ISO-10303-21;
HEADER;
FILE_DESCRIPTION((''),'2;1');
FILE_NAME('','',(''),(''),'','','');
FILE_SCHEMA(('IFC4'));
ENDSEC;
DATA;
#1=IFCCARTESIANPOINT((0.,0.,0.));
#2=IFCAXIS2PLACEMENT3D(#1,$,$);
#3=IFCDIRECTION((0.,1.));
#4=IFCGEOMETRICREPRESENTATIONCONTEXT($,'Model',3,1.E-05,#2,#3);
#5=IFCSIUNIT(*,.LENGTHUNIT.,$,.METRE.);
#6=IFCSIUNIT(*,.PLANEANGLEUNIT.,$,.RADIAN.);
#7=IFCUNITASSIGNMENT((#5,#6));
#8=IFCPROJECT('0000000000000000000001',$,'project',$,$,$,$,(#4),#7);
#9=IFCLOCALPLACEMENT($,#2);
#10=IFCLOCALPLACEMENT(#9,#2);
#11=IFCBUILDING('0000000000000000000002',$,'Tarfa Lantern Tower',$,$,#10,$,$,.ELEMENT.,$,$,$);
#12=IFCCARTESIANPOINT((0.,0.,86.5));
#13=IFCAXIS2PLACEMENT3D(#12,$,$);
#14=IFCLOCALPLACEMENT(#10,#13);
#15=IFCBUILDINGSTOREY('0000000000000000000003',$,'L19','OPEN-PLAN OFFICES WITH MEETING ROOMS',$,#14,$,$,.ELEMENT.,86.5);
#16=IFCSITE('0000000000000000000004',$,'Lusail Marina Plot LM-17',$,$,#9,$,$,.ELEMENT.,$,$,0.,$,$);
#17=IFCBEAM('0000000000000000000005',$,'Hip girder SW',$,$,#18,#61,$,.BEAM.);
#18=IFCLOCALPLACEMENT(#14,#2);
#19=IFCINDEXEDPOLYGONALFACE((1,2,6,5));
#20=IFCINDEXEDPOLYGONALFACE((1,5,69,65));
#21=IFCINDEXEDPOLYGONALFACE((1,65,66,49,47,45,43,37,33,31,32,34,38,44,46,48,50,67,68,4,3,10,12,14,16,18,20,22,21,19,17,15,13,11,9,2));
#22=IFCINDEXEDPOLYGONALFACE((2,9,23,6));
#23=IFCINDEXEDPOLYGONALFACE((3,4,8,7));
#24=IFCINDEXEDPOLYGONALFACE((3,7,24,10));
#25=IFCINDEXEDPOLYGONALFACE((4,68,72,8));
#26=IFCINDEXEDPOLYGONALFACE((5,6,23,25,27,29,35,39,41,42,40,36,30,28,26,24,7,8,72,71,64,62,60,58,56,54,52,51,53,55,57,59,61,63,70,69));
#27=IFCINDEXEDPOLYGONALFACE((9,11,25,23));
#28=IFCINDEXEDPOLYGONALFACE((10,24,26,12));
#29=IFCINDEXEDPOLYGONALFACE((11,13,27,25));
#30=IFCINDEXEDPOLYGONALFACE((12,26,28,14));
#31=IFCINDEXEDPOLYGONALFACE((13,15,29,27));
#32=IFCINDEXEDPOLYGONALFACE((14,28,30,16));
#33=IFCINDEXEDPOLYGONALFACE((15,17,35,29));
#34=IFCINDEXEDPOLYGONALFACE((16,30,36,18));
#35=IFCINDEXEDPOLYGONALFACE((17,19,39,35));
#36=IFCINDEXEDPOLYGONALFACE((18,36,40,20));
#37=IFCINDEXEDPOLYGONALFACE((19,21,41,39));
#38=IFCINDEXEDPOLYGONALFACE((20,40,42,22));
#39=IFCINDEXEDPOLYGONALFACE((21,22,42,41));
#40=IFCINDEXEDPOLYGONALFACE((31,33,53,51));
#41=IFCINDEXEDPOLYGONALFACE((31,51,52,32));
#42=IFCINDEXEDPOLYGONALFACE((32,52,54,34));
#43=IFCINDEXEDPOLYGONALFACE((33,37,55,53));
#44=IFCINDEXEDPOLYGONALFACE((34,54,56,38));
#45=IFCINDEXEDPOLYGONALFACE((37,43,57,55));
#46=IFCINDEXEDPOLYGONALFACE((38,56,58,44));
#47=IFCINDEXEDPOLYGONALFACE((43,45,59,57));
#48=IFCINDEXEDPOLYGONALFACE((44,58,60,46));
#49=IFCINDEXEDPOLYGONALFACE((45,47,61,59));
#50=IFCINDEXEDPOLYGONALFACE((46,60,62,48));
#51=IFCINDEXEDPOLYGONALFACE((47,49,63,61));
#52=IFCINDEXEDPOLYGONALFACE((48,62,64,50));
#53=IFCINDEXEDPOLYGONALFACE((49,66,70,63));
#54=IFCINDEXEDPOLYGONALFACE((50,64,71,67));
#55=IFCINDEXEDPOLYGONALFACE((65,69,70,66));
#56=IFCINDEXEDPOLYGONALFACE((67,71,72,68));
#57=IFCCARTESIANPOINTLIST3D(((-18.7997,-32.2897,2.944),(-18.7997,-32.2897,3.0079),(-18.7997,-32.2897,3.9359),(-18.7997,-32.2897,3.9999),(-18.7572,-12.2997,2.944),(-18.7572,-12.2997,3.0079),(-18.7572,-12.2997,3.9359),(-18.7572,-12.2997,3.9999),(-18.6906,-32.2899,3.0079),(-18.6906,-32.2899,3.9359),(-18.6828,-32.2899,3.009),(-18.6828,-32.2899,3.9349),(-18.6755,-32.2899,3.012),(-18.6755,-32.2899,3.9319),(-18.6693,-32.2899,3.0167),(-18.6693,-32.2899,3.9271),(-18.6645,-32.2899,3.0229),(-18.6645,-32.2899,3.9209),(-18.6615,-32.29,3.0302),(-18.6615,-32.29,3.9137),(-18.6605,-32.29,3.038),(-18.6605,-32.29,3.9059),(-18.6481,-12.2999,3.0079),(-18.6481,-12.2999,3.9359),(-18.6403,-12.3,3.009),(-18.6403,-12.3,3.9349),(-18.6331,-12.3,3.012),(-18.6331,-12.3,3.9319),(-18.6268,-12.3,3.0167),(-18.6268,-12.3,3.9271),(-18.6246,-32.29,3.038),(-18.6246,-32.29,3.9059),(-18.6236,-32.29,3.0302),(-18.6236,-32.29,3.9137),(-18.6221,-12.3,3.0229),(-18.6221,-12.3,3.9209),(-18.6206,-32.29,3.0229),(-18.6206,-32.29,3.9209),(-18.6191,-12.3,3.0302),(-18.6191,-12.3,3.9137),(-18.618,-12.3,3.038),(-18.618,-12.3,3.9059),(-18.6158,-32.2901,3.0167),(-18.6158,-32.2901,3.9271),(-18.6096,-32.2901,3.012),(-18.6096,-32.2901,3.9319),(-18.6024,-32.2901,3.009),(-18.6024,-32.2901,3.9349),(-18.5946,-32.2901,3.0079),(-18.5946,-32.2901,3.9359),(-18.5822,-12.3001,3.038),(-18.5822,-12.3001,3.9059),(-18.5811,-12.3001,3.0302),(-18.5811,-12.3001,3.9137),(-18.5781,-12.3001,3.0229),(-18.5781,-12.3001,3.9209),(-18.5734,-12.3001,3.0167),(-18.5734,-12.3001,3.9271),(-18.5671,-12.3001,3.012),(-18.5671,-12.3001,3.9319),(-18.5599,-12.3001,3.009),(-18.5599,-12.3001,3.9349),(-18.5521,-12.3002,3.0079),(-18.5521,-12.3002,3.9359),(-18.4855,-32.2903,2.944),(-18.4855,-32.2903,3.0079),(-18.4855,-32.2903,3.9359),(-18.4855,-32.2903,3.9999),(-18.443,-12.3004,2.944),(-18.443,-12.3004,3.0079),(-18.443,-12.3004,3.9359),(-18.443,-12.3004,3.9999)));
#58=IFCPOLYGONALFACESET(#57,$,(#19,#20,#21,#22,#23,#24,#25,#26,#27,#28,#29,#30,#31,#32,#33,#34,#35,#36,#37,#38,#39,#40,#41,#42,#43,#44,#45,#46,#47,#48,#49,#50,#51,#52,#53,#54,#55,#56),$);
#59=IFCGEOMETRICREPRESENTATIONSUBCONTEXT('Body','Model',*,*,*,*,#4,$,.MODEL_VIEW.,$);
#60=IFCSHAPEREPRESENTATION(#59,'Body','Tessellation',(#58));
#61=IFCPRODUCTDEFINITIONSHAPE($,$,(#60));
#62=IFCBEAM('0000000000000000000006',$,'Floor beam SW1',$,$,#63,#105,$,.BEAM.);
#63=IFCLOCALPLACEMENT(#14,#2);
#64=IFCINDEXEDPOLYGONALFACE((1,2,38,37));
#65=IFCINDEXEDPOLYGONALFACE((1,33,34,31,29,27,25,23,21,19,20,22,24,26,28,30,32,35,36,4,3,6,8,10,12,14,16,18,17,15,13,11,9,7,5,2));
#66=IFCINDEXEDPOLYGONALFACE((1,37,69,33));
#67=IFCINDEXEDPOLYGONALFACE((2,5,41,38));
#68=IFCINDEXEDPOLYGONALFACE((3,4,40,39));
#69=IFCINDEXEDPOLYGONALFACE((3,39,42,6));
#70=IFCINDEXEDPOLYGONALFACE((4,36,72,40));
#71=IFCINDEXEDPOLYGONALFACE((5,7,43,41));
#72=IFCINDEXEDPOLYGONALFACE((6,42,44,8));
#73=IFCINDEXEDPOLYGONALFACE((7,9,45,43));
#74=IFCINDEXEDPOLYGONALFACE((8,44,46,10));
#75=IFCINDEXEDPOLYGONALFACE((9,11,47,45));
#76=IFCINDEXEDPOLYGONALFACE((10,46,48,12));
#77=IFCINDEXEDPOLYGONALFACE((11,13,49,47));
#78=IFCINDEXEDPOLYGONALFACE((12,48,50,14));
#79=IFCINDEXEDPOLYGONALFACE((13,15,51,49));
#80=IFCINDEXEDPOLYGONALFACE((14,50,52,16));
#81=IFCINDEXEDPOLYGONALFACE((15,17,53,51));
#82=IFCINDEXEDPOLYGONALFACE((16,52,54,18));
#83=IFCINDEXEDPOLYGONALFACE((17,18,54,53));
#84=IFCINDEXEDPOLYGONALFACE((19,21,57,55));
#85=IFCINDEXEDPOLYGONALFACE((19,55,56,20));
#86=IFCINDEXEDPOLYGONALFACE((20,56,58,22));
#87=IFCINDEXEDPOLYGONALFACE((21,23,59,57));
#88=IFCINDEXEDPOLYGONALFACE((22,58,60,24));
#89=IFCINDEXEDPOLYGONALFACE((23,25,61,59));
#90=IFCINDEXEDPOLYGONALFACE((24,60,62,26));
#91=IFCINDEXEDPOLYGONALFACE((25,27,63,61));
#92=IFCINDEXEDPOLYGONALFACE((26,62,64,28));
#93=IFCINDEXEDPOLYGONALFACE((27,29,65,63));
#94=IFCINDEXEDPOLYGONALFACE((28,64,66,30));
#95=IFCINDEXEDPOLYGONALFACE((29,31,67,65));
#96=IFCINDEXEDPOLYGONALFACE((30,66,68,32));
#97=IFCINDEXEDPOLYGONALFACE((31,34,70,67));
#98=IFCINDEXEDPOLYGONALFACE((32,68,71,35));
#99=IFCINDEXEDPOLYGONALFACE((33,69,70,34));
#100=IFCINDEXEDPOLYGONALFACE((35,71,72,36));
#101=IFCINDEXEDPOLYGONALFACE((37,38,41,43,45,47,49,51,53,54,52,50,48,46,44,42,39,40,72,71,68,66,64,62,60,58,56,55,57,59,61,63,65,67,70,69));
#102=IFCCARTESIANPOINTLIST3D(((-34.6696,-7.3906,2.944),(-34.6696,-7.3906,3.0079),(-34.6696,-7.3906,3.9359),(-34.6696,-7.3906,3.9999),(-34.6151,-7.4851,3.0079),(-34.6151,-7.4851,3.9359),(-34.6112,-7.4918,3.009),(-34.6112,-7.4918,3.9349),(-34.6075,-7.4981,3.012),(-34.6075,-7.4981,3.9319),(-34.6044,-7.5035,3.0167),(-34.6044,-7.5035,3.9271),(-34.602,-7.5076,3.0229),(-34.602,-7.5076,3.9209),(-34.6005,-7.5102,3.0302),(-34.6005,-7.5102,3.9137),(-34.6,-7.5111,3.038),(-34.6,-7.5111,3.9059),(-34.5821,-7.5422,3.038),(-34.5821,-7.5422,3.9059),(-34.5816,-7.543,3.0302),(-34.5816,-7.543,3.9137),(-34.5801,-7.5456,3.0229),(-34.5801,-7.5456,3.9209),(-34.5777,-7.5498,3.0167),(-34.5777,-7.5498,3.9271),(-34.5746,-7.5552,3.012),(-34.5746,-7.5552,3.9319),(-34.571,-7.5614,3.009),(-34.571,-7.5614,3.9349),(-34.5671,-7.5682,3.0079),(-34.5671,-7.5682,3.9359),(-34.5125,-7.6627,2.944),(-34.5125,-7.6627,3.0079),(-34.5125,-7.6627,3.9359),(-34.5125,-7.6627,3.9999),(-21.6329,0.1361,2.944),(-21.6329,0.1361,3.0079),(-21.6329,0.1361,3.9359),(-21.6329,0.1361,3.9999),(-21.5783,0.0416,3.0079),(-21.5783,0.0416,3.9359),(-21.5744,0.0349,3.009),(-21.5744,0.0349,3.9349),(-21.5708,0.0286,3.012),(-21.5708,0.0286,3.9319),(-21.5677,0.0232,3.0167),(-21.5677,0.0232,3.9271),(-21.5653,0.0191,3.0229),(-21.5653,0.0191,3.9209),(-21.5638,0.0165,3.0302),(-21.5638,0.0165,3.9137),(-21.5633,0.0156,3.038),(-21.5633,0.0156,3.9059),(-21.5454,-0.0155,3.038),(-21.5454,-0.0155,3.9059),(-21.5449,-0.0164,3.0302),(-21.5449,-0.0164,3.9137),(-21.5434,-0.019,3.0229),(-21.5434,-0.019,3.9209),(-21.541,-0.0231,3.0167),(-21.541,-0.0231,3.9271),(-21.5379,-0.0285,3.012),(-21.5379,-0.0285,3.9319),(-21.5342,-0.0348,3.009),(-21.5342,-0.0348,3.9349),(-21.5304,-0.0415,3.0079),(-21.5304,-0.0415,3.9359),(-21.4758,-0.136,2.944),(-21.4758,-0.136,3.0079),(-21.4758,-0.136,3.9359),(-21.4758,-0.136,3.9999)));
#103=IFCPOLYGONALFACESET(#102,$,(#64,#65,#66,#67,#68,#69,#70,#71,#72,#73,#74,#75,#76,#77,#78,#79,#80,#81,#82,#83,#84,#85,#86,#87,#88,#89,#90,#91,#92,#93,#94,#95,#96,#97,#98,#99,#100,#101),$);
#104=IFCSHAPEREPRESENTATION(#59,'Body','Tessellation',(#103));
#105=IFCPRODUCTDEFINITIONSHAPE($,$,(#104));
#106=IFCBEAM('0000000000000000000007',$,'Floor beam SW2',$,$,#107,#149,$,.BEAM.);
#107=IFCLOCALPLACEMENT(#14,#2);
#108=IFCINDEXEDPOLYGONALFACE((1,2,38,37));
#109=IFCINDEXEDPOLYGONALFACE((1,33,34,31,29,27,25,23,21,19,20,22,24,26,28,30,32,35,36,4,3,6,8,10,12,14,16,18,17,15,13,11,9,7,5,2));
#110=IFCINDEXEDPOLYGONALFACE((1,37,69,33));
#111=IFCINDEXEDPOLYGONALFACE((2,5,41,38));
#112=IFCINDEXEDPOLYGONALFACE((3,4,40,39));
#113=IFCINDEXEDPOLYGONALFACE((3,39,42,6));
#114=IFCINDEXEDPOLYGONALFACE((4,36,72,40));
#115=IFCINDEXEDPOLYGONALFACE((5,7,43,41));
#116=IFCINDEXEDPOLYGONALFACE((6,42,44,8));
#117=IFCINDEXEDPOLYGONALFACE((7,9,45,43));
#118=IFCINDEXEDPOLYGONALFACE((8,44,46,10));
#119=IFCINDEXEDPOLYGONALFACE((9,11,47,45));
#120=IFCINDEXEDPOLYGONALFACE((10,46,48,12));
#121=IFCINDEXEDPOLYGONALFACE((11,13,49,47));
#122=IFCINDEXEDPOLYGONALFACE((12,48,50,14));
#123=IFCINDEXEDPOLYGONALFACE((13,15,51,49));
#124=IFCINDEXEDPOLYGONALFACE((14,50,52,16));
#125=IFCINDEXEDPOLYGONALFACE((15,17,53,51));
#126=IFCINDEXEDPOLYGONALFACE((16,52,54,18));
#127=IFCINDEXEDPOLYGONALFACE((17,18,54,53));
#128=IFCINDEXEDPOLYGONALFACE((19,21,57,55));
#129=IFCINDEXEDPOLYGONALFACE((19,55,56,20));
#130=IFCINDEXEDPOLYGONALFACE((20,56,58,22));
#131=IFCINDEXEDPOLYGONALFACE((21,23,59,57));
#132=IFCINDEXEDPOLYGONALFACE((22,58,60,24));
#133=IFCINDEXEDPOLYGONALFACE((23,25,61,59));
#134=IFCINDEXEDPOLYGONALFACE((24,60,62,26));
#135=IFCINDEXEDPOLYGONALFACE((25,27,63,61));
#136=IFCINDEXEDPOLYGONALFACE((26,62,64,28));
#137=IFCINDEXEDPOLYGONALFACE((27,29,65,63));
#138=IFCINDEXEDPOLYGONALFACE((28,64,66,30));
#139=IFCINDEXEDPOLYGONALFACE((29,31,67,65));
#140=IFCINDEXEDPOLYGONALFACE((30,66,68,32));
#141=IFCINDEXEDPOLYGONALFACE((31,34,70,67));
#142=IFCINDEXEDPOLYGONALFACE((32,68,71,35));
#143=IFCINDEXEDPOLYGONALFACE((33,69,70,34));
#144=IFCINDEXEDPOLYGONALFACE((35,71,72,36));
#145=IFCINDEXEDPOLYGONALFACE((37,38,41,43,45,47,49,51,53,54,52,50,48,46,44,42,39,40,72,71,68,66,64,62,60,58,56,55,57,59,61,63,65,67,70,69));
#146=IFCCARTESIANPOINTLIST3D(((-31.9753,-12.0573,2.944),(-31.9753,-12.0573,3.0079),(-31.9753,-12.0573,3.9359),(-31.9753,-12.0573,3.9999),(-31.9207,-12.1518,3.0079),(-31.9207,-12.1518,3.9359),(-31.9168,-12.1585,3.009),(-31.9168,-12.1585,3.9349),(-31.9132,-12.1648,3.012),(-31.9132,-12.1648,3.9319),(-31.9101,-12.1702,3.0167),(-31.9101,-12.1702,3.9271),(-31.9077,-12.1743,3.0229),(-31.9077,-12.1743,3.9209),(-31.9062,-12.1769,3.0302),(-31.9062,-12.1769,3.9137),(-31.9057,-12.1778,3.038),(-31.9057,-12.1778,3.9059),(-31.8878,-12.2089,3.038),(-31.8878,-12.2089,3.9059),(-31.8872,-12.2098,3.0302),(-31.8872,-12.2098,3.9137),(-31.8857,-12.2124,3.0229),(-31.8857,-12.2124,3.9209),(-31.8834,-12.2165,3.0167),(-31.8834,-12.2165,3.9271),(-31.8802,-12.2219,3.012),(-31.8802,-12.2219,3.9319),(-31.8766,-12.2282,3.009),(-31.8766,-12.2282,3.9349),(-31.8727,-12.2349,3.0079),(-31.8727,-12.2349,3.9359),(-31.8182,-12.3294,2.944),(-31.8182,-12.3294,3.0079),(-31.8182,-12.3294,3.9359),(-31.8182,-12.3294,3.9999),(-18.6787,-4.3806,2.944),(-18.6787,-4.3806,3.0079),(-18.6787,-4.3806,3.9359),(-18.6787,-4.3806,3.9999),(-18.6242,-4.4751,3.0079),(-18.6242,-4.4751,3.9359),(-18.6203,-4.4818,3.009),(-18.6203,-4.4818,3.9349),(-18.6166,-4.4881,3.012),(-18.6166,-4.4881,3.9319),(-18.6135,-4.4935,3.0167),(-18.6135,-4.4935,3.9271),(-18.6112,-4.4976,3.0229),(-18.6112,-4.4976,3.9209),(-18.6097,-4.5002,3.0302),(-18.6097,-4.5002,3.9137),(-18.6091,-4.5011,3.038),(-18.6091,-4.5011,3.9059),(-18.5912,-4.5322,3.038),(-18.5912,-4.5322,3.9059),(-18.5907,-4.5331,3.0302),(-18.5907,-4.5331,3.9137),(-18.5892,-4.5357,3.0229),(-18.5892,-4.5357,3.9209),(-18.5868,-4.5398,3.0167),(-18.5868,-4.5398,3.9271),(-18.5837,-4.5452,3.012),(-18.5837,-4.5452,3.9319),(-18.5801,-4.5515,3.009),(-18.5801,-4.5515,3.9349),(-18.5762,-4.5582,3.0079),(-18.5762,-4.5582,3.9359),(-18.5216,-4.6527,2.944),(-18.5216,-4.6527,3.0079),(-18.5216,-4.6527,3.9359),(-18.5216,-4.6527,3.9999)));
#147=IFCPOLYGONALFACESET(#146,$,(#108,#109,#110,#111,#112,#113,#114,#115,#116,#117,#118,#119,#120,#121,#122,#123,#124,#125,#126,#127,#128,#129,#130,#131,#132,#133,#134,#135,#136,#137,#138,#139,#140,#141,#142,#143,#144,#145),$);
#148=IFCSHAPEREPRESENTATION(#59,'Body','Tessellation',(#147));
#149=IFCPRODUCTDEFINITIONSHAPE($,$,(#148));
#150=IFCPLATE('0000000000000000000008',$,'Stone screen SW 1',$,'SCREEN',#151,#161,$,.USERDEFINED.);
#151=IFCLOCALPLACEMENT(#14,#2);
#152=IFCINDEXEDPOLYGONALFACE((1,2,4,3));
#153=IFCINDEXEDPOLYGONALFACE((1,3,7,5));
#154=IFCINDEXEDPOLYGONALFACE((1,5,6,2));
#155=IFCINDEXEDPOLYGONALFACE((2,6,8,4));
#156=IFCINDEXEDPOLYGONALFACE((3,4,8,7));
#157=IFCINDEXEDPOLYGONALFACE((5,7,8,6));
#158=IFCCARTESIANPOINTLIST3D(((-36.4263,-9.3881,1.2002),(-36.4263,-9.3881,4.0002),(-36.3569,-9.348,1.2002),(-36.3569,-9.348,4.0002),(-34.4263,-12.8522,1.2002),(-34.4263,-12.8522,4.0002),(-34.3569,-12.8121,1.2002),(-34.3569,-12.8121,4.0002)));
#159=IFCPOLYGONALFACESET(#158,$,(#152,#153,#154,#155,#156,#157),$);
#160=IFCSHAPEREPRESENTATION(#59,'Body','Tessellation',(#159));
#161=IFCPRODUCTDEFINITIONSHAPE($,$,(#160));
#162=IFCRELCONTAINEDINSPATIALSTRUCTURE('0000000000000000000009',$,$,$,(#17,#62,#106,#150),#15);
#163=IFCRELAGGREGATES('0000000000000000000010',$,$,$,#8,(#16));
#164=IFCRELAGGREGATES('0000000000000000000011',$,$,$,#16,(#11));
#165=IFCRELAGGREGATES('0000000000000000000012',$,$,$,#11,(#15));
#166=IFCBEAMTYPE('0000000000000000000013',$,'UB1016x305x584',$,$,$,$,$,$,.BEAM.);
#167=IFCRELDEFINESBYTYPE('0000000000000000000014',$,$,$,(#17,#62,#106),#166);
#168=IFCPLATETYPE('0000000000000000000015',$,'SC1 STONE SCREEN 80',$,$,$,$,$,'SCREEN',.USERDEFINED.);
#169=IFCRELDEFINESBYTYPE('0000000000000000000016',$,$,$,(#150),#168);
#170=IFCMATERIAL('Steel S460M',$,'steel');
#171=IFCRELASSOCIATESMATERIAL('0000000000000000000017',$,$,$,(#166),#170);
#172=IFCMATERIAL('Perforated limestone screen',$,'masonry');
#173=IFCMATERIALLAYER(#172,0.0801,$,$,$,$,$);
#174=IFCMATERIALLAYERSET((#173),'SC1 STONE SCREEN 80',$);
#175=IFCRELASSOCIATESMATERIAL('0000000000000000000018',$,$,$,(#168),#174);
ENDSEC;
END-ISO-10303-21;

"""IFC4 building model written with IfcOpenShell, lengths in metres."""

from ifc_helpers import new_model, si_unit, direction, frame, origin, origin_2d, place, context, subcontext, project, spatial, rectangle, i_section, extrude, material, layer, layer_set, material_profile, profile_set, type_object, element, save


model = new_model("IFC4")

# Units and contexts
model_context = context("Model", 3, precision=1e-05, world=origin(), true_north=direction((0.0, 1.0)))
body_context = subcontext(model_context, "Body", "Model", "MODEL_VIEW")
ifc_project = project(units=[si_unit("LENGTHUNIT", "METRE"), si_unit("PLANEANGLEUNIT", "RADIAN")], contexts=[model_context])

# Site, building, storey
site_placement = place(None, origin())
site = spatial("IfcSite", under=ifc_project, at=site_placement, Name="Lusail Marina Plot LM-17", CompositionType="ELEMENT", RefElevation=0.0)
building_placement = place(site_placement, origin())
building = spatial("IfcBuilding", under=site, at=building_placement, Name="Tarfa Lantern Tower", CompositionType="ELEMENT")
storey_placement = place(building_placement, frame((0.0, 0.0, 86.5)))
storey = spatial("IfcBuildingStorey", under=building, at=storey_placement, Name="L19", Description="OPEN-PLAN OFFICES WITH MEETING ROOMS", CompositionType="ELEMENT", Elevation=86.5)

# Beams
ifc_material_1 = material(Name="Steel S460M", Category="steel")
ifc_material_profile_1 = material_profile(ifc_material_1, i_section(OverallWidth=0.3142, OverallDepth=1.0559, WebThickness=0.0359, FlangeThickness=0.064, FilletRadius=0.03, at=origin_2d()), Name="UB1016x305x584")
ifc_profile_set_1 = profile_set([ifc_material_profile_1], Name="Steel S460M")
beam_type_1 = type_object("IfcBeamType", Name="UB1016x305x584", PredefinedType="BEAM", material=ifc_profile_set_1)
beam_1_placement = place(storey_placement, frame((-18.6001, -12.3, 3.4719), z_axis=(-0.002125, -0.999998, 0.0), x_axis=(0.999998, -0.002125, 0.0)))
element("IfcBeam", 1, at=beam_1_placement, inside=storey, type_object=beam_type_1, Name="Hip girder SW", PredefinedType="BEAM", context=body_context, shape_type="SweptSolid", body=[
    extrude(i_section(OverallWidth=0.3142, OverallDepth=1.0559, WebThickness=0.0359, FlangeThickness=0.064, FilletRadius=0.03, at=origin_2d()), origin(), (0.0, 0.0, 1.0), 19.99),
])
beam_2_placement = place(storey_placement, frame((-34.5911, -7.5266, 3.4719), z_axis=(0.866028, 0.499996, 0.0), x_axis=(-0.499996, 0.866028, 0.0)))
element("IfcBeam", 2, at=beam_2_placement, inside=storey, type_object=beam_type_1, Name="Floor beam SW1", PredefinedType="BEAM", context=body_context, shape_type="SweptSolid", body=[
    extrude(i_section(OverallWidth=0.3142, OverallDepth=1.0559, WebThickness=0.0359, FlangeThickness=0.064, FilletRadius=0.03, at=origin_2d()), origin(), (0.0, 0.0, 1.0), 15.0535),
])
beam_3_placement = place(storey_placement, frame((-31.8967, -12.1934, 3.4719), z_axis=(0.866027, 0.499997, 0.0), x_axis=(-0.499997, 0.866027, 0.0)))
element("IfcBeam", 3, at=beam_3_placement, inside=storey, type_object=beam_type_1, Name="Floor beam SW2", PredefinedType="BEAM", context=body_context, shape_type="SweptSolid", body=[
    extrude(i_section(OverallWidth=0.3142, OverallDepth=1.0559, WebThickness=0.0359, FlangeThickness=0.064, FilletRadius=0.03, at=origin_2d()), origin(), (0.0, 0.0, 1.0), 15.3535),
])

# Plate
ifc_material_2 = material(Name="Perforated limestone screen", Category="masonry")
ifc_layer_1 = layer(ifc_material_2, 0.0801)
ifc_layer_set_1 = layer_set([ifc_layer_1], Name="SC1 STONE SCREEN 80")
plate_type = type_object("IfcPlateType", Name="SC1 STONE SCREEN 80", ElementType="SCREEN", PredefinedType="USERDEFINED", material=ifc_layer_set_1)
plate_placement = place(storey_placement, frame((-35.3916, -11.1001, 1.2002), z_axis=(0.0, 0.0, 1.0), x_axis=(0.5, -0.866025, 0.0)))
element("IfcPlate", 4, at=plate_placement, inside=storey, type_object=plate_type, Name="Stone screen SW 1", ObjectType="SCREEN", PredefinedType="USERDEFINED", context=body_context, shape_type="SweptSolid", body=[
    extrude(rectangle(XDim=4.0, YDim=0.0801, at=origin_2d()), origin(), (0.0, 0.0, 1.0), 2.8),
])

save(model, "model.ifc")
